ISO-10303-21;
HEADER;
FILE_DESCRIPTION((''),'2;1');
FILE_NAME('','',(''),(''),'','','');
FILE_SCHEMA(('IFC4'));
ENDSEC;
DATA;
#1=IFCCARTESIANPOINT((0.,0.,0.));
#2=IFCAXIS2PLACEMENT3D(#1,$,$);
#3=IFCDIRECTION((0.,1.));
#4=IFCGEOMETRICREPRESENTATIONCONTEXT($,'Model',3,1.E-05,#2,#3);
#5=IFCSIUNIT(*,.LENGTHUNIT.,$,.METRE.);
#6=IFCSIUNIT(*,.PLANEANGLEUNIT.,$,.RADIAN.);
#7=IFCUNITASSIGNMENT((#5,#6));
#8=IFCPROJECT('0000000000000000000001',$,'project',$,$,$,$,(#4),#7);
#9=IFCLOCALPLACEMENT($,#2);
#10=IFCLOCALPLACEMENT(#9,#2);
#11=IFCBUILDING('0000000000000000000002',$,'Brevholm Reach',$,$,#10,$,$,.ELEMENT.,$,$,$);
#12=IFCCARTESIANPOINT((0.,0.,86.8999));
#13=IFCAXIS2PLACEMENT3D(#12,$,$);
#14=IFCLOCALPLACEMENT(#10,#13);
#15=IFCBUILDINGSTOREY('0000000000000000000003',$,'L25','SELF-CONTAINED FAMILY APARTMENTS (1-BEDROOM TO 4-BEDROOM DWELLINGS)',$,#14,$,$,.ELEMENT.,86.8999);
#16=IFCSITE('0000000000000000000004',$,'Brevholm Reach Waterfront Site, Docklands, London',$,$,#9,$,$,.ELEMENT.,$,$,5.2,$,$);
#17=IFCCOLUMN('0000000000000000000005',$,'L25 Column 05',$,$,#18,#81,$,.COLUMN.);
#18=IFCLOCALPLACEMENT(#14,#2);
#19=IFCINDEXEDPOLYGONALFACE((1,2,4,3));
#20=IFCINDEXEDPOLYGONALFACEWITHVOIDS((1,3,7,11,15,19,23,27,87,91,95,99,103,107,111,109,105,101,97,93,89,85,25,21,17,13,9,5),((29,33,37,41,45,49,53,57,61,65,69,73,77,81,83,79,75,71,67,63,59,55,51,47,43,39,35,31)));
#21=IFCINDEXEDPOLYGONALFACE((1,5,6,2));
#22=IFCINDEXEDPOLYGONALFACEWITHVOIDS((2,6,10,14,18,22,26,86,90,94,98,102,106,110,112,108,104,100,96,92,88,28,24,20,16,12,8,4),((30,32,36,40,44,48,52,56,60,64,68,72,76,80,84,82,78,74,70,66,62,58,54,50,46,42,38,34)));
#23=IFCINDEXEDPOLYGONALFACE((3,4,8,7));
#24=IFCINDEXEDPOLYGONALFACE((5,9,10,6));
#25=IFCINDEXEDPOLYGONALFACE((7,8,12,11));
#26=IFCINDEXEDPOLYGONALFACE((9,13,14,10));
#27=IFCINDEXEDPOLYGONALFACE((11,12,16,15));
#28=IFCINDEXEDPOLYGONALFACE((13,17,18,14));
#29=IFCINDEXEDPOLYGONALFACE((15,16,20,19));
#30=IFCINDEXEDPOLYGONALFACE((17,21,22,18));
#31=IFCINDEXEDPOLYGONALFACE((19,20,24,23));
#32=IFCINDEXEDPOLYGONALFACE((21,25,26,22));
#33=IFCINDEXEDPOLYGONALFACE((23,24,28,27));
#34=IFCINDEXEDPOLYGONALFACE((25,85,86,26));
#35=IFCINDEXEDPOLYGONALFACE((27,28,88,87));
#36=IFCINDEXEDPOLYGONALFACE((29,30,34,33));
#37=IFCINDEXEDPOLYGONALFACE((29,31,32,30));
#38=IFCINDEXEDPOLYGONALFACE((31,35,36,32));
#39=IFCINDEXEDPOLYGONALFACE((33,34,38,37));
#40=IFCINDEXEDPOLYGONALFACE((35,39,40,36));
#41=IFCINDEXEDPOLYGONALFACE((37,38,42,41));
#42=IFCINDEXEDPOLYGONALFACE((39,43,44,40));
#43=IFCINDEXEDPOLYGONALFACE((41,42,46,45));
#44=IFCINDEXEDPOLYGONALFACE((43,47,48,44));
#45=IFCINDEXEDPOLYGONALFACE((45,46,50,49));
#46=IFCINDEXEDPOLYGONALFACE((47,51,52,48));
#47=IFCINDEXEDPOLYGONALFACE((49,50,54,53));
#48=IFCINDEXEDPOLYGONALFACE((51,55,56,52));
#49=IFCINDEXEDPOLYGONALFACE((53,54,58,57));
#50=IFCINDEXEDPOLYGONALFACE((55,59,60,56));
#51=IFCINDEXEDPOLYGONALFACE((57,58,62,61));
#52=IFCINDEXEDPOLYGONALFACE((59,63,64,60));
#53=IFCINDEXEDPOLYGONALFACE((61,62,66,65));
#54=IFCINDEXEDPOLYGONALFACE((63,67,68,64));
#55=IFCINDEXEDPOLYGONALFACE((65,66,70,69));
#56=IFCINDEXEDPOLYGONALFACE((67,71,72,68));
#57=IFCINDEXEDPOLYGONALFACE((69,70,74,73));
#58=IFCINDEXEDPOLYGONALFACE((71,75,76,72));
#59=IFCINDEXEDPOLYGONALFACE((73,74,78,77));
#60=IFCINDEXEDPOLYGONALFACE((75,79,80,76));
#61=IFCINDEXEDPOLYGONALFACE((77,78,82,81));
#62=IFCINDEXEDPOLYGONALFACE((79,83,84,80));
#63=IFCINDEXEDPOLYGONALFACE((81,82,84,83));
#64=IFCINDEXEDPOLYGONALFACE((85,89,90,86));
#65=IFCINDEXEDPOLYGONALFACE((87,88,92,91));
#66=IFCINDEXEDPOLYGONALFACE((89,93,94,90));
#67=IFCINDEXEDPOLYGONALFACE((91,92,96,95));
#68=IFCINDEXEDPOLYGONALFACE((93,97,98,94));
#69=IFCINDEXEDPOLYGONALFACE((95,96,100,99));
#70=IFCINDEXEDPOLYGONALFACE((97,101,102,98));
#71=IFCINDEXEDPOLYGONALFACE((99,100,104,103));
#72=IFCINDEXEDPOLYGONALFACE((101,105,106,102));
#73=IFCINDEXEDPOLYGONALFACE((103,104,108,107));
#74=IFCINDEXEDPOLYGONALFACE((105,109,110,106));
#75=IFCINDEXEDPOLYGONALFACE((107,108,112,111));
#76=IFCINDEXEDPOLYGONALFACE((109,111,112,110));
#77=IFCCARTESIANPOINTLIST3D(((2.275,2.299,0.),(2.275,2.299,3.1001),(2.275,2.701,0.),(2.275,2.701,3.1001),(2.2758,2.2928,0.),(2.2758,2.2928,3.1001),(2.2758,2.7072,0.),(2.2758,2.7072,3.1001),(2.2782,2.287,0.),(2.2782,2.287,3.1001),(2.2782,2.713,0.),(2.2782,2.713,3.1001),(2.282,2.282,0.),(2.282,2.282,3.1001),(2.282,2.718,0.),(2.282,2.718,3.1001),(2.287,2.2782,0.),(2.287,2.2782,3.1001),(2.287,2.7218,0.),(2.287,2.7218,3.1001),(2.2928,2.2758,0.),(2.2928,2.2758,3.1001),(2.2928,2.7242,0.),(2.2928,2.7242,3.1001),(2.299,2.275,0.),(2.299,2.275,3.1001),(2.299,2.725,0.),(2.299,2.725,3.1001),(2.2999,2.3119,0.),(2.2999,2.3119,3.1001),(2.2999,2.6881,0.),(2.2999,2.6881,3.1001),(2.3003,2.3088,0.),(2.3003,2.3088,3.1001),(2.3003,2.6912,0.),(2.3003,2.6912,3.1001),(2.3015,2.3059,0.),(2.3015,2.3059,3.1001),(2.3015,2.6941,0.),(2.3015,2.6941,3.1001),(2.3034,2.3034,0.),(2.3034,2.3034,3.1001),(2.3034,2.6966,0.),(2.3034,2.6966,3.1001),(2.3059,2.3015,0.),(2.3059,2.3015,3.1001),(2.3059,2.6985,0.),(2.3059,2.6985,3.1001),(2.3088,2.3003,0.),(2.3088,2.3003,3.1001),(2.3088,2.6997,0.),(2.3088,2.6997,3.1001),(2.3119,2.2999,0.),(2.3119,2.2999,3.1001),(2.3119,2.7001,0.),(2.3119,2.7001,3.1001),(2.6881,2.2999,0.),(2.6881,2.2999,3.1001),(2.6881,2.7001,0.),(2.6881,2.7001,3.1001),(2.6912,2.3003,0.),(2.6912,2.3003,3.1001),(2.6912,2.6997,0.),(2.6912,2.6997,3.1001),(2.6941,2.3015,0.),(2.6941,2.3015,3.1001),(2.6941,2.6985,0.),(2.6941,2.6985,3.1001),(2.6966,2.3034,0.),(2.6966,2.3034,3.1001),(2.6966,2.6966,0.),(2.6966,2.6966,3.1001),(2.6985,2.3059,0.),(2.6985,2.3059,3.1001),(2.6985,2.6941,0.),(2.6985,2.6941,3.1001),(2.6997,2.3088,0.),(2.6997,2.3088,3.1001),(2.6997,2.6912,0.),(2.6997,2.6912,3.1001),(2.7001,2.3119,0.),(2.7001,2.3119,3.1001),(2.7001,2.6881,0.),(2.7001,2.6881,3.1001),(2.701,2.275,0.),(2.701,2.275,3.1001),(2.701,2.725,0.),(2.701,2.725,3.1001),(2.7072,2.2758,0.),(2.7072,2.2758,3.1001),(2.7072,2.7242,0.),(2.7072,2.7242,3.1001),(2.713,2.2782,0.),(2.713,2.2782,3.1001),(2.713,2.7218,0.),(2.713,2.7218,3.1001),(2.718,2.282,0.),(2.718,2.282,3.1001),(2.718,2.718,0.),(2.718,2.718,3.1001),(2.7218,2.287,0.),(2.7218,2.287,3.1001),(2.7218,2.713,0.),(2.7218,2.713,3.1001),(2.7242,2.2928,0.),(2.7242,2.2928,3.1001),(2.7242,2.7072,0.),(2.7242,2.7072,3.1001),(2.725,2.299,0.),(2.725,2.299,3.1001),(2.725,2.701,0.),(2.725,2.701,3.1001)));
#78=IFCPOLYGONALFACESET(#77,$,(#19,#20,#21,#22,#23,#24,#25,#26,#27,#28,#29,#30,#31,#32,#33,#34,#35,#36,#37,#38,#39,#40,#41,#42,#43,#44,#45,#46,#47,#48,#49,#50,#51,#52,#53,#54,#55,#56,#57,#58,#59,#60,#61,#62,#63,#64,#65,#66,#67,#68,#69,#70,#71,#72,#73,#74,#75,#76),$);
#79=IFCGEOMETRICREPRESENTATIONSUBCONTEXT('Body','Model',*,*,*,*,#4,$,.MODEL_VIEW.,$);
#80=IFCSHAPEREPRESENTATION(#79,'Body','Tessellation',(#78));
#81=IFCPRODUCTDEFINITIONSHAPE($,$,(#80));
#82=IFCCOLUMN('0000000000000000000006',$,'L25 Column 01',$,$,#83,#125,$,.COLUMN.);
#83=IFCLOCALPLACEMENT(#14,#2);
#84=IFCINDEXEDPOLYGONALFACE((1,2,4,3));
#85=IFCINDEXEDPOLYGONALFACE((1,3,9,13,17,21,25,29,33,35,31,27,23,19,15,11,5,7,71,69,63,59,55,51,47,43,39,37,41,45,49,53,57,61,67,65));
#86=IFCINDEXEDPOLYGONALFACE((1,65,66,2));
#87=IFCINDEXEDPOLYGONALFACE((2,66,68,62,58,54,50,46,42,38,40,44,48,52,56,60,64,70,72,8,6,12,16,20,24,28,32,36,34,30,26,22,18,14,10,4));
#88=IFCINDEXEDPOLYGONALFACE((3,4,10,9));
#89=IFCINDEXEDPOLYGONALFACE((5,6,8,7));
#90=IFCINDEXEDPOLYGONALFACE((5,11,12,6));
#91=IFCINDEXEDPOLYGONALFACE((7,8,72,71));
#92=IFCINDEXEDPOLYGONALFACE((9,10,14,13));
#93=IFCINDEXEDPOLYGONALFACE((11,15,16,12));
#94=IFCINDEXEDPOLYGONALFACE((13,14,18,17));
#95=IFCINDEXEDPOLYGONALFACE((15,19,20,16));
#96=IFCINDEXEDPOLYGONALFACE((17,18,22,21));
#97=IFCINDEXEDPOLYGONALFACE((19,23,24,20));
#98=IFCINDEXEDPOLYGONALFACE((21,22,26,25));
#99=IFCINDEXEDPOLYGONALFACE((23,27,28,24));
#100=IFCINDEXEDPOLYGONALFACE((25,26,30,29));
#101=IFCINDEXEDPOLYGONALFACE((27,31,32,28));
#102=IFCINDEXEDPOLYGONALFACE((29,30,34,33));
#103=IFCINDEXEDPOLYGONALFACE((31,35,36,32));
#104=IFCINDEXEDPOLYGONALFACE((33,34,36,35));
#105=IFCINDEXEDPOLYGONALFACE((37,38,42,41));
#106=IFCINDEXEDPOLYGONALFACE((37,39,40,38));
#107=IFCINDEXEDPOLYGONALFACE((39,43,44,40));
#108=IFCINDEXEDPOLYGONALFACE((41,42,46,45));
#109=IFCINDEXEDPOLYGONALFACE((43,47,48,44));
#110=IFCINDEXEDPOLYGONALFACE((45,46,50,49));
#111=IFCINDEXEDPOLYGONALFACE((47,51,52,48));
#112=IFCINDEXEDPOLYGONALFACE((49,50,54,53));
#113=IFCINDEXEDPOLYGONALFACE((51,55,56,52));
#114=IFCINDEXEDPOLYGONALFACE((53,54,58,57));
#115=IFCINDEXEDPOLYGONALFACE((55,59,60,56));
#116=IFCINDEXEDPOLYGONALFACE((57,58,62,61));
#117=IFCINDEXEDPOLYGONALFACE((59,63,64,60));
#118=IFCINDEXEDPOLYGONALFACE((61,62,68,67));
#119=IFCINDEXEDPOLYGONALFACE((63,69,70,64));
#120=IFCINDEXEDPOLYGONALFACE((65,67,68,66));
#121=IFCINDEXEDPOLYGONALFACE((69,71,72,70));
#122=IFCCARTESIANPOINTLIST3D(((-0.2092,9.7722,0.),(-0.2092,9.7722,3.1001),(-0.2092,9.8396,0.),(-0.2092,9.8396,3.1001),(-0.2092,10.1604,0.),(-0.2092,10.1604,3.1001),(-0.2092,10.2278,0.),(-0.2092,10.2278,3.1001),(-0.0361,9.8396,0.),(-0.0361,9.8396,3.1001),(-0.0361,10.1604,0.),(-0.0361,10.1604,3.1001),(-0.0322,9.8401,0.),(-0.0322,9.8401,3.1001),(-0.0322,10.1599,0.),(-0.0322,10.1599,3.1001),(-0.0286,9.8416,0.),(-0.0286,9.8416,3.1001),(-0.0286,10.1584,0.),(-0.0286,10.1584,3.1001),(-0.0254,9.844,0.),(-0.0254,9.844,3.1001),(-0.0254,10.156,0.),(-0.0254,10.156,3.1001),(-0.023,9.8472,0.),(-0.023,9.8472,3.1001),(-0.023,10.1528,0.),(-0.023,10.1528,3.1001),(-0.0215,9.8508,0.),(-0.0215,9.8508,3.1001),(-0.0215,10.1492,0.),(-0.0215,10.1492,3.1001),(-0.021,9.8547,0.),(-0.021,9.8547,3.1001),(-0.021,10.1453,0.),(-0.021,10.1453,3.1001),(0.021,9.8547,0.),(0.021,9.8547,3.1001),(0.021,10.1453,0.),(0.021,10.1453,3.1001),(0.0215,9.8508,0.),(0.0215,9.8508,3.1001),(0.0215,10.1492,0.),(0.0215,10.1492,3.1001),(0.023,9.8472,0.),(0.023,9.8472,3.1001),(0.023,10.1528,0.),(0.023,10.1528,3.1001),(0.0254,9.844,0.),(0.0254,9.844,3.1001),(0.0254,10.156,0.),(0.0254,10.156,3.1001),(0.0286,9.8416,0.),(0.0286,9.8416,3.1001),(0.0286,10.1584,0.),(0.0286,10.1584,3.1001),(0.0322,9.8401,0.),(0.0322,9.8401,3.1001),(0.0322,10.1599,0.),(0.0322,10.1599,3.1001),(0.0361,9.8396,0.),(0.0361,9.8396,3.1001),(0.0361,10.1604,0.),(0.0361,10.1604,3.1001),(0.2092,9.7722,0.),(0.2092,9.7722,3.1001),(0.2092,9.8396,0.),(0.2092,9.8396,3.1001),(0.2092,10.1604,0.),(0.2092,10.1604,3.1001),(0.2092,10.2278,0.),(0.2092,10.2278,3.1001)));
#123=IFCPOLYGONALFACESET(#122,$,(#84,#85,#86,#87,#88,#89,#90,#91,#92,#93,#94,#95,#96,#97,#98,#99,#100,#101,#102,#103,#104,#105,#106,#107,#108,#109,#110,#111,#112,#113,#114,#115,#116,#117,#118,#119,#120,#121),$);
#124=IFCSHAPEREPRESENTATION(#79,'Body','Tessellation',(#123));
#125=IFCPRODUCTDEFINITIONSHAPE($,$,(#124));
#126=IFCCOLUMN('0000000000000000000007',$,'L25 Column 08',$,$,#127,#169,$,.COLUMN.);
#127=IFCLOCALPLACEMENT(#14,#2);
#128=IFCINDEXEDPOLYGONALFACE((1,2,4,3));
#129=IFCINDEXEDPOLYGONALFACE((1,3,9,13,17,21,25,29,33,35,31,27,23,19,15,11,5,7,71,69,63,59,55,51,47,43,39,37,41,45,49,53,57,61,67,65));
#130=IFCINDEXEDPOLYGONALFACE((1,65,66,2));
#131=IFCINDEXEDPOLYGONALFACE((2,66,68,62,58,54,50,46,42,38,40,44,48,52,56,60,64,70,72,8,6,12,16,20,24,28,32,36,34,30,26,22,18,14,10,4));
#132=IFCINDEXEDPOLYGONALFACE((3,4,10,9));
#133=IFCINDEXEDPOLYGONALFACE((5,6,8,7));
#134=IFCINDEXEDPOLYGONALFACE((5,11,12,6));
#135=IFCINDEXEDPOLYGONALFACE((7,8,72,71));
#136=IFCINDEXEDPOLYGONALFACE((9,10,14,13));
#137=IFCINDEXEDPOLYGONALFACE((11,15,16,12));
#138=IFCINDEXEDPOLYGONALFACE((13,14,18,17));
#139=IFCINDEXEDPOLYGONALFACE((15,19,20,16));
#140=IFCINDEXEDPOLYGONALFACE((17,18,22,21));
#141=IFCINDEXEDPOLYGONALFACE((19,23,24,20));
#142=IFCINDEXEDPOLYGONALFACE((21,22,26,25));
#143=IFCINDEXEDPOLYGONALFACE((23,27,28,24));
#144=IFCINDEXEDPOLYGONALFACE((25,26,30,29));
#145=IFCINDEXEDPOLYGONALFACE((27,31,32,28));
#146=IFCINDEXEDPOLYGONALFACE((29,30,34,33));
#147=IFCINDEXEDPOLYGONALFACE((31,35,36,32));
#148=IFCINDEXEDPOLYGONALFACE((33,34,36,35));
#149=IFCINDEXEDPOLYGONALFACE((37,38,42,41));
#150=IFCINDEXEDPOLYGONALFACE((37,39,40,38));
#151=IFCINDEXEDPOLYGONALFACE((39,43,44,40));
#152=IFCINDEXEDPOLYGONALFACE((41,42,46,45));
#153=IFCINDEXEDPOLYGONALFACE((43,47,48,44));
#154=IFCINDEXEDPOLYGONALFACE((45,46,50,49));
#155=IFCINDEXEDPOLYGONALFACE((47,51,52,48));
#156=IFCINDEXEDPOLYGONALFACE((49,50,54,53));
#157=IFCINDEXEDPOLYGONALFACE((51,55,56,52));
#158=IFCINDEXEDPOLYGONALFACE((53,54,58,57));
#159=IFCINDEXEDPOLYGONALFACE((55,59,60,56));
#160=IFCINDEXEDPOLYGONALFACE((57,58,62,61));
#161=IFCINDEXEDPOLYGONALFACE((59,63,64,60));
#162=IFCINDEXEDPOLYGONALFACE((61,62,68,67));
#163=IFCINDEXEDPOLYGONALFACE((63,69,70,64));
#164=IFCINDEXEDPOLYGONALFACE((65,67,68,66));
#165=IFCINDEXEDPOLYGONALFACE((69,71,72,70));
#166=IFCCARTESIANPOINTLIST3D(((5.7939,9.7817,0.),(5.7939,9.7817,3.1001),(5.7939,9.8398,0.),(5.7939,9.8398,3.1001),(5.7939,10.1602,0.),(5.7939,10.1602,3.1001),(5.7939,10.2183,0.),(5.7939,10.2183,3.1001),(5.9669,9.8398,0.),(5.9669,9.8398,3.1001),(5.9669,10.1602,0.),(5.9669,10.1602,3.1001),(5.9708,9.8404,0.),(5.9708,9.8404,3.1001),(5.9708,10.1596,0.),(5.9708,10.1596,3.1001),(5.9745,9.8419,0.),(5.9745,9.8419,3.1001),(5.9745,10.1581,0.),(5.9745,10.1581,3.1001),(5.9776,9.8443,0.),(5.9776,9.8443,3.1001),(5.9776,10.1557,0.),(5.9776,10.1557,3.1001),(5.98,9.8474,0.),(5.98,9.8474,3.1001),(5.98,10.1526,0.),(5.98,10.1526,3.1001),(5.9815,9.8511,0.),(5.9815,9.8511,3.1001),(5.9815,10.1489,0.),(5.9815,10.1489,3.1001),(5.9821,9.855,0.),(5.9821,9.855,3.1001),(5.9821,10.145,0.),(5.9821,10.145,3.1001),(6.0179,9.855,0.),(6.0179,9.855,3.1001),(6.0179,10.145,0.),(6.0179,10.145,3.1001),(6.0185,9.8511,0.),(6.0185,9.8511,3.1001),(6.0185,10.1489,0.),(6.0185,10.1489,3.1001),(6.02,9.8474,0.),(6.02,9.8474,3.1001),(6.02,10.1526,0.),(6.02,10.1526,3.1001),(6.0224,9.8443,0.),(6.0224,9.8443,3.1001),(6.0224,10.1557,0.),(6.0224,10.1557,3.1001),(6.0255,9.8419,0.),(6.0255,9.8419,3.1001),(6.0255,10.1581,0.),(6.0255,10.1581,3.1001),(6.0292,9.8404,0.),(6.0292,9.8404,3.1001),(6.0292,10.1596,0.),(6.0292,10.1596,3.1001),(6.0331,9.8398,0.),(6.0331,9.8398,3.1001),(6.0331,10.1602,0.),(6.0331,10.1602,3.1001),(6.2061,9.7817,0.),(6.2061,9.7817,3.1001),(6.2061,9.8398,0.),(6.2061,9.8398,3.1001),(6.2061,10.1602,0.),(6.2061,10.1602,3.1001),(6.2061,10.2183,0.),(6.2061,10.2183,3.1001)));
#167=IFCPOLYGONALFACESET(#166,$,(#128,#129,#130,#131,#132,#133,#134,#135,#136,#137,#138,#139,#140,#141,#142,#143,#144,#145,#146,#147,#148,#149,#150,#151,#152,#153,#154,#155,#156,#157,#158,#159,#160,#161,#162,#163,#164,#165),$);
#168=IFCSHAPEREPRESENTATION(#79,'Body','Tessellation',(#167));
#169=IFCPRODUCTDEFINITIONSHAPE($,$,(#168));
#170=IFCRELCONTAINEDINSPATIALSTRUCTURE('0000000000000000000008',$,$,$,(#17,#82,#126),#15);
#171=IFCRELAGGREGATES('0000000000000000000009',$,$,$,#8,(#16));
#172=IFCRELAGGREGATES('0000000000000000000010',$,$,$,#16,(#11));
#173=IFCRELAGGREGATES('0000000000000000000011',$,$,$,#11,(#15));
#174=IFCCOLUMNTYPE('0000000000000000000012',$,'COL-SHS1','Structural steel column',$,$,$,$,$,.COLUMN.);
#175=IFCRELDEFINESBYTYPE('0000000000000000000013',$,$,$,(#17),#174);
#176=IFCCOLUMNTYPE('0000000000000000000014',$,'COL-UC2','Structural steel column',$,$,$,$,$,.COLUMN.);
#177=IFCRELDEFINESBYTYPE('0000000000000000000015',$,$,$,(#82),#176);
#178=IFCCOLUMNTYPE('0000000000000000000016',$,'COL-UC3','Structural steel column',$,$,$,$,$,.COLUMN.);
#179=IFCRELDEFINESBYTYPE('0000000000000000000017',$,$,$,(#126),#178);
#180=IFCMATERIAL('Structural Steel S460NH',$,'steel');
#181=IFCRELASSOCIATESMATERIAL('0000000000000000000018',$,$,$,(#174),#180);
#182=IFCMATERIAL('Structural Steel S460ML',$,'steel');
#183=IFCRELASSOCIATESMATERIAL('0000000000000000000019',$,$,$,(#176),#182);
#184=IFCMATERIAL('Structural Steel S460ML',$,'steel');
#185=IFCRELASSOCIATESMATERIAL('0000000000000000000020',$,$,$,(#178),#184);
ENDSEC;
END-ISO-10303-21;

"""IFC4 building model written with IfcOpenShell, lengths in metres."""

from ifc_helpers import new_model, si_unit, direction, frame, origin, origin_2d, place, context, subcontext, project, spatial, hollow_rectangle, i_section, extrude, material, material_profile, profile_set, type_object, element, save


model = new_model("IFC4")

# Units and contexts
model_context = context("Model", 3, precision=1e-05, world=origin(), true_north=direction((0.0, 1.0)))
body_context = subcontext(model_context, "Body", "Model", "MODEL_VIEW")
ifc_project = project(units=[si_unit("LENGTHUNIT", "METRE"), si_unit("PLANEANGLEUNIT", "RADIAN")], contexts=[model_context])

# Site, building, storey
site_placement = place(None, origin())
site = spatial("IfcSite", under=ifc_project, at=site_placement, Name="Brevholm Reach Waterfront Site, Docklands, London", CompositionType="ELEMENT", RefElevation=5.2)
building_placement = place(site_placement, origin())
building = spatial("IfcBuilding", under=site, at=building_placement, Name="Brevholm Reach", CompositionType="ELEMENT")
storey_placement = place(building_placement, frame((0.0, 0.0, 86.8999)))
storey = spatial("IfcBuildingStorey", under=building, at=storey_placement, Name="L25", Description="SELF-CONTAINED FAMILY APARTMENTS (1-BEDROOM TO 4-BEDROOM DWELLINGS)", CompositionType="ELEMENT", Elevation=86.8999)

# Columns
ifc_material_1 = material(Name="Structural Steel S460NH", Category="steel")
ifc_material_profile_1 = material_profile(ifc_material_1, hollow_rectangle(XDim=0.45, YDim=0.45, WallThickness=0.0249, InnerFilletRadius=0.012, OuterFilletRadius=0.0239, at=origin_2d()), Name="SHS 450x450x25")
ifc_profile_set_1 = profile_set([ifc_material_profile_1], Name="Structural Steel S460NH")
column_type_1 = type_object("IfcColumnType", Name="COL-SHS1", Description="Structural steel column", PredefinedType="COLUMN", material=ifc_profile_set_1)
column_1_placement = place(storey_placement, frame((2.5, 2.5, 0.0), z_axis=(0.0, 0.0, 1.0), x_axis=(1.0, 0.0, 0.0)))
element("IfcColumn", 1, at=column_1_placement, inside=storey, type_object=column_type_1, Name="L25 Column 05", PredefinedType="COLUMN", context=body_context, shape_type="SweptSolid", body=[
    extrude(hollow_rectangle(XDim=0.45, YDim=0.45, WallThickness=0.0249, InnerFilletRadius=0.012, OuterFilletRadius=0.0239, at=origin_2d()), origin(), (0.0, 0.0, 1.0), 3.1001),
])
ifc_material_2 = material(Name="Structural Steel S460ML", Category="steel")
ifc_material_profile_2 = material_profile(ifc_material_2, i_section(OverallWidth=0.4185, OverallDepth=0.4556, WebThickness=0.042, FlangeThickness=0.0674, FilletRadius=0.0151, at=origin_2d()), Name="UKC 356x406x551")
ifc_profile_set_2 = profile_set([ifc_material_profile_2], Name="Structural Steel S460ML")
column_type_2 = type_object("IfcColumnType", Name="COL-UC2", Description="Structural steel column", PredefinedType="COLUMN", material=ifc_profile_set_2)
column_2_placement = place(storey_placement, frame((0.0, 10.0, 0.0), z_axis=(0.0, 0.0, 1.0), x_axis=(1.0, 0.0, 0.0)))
element("IfcColumn", 2, at=column_2_placement, inside=storey, type_object=column_type_2, Name="L25 Column 01", PredefinedType="COLUMN", context=body_context, shape_type="SweptSolid", body=[
    extrude(i_section(OverallWidth=0.4185, OverallDepth=0.4556, WebThickness=0.042, FlangeThickness=0.0674, FilletRadius=0.0151, at=origin_2d()), origin(), (0.0, 0.0, 1.0), 3.1001),
])
ifc_material_3 = material(Name="Structural Steel S460ML", Category="steel")
ifc_material_profile_3 = material_profile(ifc_material_3, i_section(OverallWidth=0.4121, OverallDepth=0.4365, WebThickness=0.0359, FlangeThickness=0.0581, FilletRadius=0.0151, at=origin_2d()), Name="UKC 356x406x467")
ifc_profile_set_3 = profile_set([ifc_material_profile_3], Name="Structural Steel S460ML")
column_type_3 = type_object("IfcColumnType", Name="COL-UC3", Description="Structural steel column", PredefinedType="COLUMN", material=ifc_profile_set_3)
column_3_placement = place(storey_placement, frame((6.0, 10.0, 0.0), z_axis=(0.0, 0.0, 1.0), x_axis=(1.0, 0.0, 0.0)))
element("IfcColumn", 3, at=column_3_placement, inside=storey, type_object=column_type_3, Name="L25 Column 08", PredefinedType="COLUMN", context=body_context, shape_type="SweptSolid", body=[
    extrude(i_section(OverallWidth=0.4121, OverallDepth=0.4365, WebThickness=0.0359, FlangeThickness=0.0581, FilletRadius=0.0151, at=origin_2d()), origin(), (0.0, 0.0, 1.0), 3.1001),
])

save(model, "model.ifc")
